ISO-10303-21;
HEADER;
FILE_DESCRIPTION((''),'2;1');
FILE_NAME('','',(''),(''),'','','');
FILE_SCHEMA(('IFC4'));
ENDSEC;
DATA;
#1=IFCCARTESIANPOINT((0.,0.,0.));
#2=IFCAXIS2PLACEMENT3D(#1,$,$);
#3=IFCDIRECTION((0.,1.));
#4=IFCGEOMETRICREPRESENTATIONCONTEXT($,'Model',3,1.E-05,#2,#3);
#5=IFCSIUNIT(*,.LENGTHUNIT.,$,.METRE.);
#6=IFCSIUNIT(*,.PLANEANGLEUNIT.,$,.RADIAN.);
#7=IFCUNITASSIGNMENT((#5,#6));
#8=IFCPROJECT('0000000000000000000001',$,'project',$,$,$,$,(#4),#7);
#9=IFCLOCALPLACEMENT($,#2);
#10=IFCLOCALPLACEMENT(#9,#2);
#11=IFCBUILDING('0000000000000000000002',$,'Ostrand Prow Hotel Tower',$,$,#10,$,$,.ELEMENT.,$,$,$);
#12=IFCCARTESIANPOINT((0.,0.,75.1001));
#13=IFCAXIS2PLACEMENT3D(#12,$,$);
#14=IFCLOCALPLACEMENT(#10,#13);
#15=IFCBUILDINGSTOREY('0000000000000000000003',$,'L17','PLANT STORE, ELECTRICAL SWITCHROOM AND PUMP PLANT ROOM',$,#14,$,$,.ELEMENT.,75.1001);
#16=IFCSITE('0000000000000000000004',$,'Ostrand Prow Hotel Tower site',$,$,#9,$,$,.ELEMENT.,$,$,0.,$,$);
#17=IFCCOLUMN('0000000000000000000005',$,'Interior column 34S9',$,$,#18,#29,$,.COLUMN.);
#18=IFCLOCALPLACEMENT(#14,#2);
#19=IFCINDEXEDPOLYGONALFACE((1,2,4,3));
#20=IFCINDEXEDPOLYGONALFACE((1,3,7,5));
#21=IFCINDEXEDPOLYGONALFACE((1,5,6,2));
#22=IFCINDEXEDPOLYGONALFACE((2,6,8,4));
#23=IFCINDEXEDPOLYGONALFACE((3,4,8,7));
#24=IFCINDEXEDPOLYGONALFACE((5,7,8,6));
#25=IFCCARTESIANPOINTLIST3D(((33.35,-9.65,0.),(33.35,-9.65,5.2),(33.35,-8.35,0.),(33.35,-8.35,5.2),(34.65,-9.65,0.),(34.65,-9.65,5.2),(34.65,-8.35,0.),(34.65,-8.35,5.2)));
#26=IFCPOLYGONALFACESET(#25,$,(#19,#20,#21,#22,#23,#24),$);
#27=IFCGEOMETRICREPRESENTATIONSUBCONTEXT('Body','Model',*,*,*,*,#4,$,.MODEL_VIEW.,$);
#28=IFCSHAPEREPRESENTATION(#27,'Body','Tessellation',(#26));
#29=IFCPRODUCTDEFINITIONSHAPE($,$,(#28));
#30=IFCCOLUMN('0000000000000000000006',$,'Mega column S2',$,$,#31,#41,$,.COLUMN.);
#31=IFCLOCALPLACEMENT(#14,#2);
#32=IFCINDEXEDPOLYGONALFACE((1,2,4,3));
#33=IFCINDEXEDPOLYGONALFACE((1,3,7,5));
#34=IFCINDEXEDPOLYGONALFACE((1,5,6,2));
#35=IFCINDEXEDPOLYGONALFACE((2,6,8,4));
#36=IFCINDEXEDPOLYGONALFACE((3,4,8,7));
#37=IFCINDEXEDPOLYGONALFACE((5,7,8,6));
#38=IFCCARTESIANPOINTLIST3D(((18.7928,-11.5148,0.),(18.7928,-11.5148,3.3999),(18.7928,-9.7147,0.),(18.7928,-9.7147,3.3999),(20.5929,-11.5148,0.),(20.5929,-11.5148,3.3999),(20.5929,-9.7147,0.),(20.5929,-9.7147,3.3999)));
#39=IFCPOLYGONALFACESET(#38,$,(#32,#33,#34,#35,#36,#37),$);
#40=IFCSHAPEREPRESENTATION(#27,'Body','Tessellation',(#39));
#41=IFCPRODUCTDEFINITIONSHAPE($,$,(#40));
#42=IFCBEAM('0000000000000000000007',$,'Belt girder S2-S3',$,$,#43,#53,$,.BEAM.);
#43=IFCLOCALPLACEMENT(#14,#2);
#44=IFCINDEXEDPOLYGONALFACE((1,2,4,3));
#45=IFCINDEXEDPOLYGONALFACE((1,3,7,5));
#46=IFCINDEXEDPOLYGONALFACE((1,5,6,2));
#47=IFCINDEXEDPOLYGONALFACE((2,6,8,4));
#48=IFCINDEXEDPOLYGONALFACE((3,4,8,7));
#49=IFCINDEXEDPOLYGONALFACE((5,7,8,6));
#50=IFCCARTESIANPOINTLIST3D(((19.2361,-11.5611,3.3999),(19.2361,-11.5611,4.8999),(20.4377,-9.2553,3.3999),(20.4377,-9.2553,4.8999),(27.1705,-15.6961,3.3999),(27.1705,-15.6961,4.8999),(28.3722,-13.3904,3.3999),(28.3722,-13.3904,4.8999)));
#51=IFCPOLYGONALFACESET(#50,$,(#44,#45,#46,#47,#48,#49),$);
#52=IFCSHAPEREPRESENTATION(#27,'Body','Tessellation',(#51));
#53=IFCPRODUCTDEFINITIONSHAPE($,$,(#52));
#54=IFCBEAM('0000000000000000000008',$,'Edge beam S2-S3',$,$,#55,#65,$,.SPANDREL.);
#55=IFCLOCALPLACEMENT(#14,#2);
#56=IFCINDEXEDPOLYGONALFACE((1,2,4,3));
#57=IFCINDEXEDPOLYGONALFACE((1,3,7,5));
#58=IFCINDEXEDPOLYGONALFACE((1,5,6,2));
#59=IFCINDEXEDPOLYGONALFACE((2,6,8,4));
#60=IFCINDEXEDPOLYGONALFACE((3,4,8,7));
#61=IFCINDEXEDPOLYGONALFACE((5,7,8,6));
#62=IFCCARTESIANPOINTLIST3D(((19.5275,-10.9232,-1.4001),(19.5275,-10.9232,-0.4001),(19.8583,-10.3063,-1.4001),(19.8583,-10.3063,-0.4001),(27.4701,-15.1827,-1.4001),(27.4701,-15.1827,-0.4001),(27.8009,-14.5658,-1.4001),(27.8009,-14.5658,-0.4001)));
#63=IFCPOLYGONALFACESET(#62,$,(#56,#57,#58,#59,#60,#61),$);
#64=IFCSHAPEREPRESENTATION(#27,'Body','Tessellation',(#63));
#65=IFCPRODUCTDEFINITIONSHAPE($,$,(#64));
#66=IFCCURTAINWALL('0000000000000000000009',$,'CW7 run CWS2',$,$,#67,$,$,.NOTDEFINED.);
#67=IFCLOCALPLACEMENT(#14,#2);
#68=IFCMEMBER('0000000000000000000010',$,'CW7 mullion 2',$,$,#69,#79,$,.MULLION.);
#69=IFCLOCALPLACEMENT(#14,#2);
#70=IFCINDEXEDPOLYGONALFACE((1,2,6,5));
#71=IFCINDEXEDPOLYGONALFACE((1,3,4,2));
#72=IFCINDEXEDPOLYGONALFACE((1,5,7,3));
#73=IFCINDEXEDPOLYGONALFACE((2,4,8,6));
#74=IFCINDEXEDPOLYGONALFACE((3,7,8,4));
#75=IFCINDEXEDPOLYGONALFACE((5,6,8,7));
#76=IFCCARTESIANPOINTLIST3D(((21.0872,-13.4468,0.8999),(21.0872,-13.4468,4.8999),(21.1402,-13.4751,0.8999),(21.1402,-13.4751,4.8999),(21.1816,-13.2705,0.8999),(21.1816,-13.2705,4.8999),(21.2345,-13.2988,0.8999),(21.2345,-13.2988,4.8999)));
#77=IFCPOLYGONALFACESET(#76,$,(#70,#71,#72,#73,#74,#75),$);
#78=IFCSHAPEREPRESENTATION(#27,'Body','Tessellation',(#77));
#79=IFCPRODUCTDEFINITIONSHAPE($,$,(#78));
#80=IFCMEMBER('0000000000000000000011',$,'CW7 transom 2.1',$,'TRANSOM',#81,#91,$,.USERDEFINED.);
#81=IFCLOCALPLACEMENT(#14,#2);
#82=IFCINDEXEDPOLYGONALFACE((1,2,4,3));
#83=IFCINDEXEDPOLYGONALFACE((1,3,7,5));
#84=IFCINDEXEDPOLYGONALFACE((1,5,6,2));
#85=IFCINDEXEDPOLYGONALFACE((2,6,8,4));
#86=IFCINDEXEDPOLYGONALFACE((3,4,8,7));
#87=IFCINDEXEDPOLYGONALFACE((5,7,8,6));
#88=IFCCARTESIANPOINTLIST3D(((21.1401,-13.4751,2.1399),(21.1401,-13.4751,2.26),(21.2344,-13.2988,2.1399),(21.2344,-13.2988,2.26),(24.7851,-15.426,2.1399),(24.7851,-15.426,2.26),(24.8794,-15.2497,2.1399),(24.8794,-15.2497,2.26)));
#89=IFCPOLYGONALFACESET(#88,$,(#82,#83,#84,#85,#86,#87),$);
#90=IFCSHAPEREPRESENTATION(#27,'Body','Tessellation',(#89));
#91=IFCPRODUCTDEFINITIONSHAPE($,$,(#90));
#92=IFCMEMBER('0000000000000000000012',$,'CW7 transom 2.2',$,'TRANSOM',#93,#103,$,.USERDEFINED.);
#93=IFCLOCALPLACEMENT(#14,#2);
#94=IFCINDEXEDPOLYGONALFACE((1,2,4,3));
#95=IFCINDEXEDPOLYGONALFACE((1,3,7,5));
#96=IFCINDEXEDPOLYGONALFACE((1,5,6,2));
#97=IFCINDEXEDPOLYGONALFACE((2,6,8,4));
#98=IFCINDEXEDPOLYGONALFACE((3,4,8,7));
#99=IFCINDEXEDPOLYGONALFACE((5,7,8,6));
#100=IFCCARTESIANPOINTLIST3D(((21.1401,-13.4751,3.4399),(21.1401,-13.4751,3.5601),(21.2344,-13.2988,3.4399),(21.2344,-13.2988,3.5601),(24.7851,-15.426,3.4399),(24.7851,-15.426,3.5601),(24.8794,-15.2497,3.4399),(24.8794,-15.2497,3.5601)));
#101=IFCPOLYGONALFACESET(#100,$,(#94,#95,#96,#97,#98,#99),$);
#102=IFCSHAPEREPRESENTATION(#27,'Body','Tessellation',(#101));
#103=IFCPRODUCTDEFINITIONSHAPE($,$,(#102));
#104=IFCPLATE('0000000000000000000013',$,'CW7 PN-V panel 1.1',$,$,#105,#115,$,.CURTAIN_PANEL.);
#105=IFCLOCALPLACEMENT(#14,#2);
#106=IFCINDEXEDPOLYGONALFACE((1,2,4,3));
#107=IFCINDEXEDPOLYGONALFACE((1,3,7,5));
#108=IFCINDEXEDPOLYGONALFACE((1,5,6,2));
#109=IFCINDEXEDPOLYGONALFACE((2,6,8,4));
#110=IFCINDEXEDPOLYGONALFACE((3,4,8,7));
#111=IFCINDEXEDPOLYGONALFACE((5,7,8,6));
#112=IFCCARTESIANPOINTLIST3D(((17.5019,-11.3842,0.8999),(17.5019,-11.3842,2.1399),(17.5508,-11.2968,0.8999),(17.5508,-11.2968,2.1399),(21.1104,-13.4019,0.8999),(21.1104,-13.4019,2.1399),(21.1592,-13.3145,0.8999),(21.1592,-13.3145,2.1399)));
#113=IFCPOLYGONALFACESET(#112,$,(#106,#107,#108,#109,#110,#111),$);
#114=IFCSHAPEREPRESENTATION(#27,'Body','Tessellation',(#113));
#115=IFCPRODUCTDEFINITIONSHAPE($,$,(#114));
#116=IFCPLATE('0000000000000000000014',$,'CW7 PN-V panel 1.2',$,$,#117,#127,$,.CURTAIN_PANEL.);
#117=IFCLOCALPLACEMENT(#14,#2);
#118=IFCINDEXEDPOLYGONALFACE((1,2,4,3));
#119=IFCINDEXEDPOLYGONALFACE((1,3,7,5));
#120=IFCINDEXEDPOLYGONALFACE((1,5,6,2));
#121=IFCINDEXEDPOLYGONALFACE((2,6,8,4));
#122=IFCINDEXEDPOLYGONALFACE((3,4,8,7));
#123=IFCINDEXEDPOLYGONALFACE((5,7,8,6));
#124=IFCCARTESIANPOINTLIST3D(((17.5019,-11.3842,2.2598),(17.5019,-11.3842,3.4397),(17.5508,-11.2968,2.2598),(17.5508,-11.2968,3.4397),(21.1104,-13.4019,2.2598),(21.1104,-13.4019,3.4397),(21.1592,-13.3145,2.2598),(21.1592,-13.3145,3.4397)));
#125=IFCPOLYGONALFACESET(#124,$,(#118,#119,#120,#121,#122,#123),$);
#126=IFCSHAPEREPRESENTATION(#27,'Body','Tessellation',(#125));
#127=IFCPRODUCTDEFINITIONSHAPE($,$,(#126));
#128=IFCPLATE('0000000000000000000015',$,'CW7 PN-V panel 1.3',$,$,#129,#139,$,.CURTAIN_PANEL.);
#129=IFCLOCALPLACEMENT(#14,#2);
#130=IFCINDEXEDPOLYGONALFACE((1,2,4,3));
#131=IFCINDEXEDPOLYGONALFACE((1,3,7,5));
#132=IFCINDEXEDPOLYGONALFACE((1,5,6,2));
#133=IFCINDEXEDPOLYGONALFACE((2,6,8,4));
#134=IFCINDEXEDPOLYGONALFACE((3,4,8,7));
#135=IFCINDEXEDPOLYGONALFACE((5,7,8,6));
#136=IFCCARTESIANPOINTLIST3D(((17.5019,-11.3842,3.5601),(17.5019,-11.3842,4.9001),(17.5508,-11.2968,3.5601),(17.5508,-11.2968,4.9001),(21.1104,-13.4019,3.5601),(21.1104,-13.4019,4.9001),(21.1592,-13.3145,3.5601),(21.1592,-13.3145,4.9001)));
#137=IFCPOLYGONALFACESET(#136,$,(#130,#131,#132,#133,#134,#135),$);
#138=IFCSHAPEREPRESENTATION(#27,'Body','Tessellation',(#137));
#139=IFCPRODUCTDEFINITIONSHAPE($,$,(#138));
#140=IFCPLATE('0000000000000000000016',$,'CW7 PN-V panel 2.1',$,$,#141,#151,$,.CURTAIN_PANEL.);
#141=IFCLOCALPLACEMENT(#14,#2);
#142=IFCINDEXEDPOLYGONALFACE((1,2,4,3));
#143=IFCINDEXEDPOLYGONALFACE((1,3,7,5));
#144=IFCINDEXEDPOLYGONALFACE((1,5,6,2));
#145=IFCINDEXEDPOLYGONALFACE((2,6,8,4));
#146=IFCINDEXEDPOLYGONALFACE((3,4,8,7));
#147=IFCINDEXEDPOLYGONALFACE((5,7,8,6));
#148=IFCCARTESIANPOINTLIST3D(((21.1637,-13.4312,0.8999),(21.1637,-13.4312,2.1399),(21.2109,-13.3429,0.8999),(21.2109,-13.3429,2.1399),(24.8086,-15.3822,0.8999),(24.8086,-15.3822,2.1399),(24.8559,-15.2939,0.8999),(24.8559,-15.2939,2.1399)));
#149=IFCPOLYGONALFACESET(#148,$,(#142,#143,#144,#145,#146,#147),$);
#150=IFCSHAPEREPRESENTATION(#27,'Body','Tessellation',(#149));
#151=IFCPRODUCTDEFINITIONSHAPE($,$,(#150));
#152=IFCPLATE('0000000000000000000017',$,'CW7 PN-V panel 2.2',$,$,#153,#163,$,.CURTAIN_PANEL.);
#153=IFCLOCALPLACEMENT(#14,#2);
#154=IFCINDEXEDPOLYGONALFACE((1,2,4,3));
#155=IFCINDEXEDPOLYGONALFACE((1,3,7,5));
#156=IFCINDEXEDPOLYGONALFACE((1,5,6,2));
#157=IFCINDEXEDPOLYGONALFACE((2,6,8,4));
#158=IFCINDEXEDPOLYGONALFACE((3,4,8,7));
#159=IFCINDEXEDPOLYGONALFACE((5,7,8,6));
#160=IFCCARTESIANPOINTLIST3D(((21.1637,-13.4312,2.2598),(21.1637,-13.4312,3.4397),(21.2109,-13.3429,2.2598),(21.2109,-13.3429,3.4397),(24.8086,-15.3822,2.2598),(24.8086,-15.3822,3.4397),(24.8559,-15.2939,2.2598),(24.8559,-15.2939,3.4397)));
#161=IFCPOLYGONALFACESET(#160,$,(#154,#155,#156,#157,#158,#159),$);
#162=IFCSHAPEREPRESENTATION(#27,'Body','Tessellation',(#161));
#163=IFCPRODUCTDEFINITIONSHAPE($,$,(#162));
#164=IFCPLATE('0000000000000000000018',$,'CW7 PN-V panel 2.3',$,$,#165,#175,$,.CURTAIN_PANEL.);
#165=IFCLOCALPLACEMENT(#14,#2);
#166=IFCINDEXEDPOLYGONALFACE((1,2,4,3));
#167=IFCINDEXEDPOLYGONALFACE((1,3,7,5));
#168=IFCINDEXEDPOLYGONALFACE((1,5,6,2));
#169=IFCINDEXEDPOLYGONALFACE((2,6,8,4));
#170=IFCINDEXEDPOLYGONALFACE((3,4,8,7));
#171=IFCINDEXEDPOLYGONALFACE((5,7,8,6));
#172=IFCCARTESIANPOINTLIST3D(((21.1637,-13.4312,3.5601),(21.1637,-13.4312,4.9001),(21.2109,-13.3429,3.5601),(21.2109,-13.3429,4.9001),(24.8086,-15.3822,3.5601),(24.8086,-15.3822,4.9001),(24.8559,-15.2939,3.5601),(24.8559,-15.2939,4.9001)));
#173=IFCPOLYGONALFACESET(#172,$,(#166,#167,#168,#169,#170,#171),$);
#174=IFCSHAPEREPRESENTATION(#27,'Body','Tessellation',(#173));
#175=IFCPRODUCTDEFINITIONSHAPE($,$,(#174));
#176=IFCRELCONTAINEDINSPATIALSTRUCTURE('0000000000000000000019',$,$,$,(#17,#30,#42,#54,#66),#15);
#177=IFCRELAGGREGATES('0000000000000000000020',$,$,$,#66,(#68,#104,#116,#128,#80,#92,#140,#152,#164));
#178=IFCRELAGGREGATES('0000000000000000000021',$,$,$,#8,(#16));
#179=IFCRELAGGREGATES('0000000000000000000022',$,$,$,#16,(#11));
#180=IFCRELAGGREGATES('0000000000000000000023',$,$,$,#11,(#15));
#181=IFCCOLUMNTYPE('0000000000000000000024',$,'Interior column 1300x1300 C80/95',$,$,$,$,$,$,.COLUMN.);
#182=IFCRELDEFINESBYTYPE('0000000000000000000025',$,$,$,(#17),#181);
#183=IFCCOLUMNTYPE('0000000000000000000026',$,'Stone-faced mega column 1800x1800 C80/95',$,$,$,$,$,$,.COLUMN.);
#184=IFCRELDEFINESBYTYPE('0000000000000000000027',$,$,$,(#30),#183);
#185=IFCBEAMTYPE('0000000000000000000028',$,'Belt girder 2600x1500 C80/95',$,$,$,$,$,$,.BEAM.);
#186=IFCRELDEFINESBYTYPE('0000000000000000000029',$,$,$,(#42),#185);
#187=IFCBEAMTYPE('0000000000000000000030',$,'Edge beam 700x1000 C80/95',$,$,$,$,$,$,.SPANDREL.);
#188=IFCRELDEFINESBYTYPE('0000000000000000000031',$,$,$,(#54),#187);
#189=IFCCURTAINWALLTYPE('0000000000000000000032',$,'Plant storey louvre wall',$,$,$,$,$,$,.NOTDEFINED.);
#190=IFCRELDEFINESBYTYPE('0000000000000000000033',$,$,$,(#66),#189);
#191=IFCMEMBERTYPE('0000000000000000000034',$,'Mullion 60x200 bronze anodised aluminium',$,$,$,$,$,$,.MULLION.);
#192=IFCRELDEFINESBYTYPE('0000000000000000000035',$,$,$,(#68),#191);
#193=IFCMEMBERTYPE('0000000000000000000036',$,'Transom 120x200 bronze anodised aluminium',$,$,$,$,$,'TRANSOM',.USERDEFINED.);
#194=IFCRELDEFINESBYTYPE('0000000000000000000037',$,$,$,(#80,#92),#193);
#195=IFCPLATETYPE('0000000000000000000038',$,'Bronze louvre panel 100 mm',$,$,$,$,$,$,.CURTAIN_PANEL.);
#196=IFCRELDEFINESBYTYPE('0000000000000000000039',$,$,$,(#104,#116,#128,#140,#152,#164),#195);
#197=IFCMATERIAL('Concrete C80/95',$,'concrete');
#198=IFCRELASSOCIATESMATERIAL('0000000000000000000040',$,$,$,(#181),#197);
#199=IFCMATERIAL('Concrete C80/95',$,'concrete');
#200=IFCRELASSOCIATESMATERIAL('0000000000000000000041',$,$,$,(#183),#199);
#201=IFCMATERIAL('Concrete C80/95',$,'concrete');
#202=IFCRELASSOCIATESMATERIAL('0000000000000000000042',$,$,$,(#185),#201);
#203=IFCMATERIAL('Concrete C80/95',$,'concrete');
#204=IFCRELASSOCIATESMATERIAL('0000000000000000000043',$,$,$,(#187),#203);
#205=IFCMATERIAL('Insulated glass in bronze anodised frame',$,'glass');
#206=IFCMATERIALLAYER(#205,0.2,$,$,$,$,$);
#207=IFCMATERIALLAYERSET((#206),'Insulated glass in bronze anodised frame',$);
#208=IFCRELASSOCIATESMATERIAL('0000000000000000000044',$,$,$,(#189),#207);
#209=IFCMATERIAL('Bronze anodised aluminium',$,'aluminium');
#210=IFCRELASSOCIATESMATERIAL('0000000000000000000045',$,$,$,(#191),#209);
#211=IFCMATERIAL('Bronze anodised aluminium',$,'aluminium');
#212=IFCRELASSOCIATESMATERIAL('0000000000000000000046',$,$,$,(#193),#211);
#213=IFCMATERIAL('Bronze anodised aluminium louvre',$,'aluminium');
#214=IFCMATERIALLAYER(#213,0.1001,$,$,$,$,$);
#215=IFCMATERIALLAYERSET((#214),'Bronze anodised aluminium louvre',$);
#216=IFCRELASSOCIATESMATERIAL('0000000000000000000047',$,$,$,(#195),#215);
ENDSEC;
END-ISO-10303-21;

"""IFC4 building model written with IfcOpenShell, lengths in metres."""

from ifc_helpers import new_model, si_unit, direction, frame, origin, origin_2d, place, context, subcontext, project, spatial, rectangle, extrude, material, layer, layer_set, material_profile, profile_set, type_object, element, aggregate, save


model = new_model("IFC4")

# Units and contexts
model_context = context("Model", 3, precision=1e-05, world=origin(), true_north=direction((0.0, 1.0)))
body_context = subcontext(model_context, "Body", "Model", "MODEL_VIEW")
ifc_project = project(units=[si_unit("LENGTHUNIT", "METRE"), si_unit("PLANEANGLEUNIT", "RADIAN")], contexts=[model_context])

# Site, building, storey
site_placement = place(None, origin())
site = spatial("IfcSite", under=ifc_project, at=site_placement, Name="Ostrand Prow Hotel Tower site", CompositionType="ELEMENT", RefElevation=0.0)
building_placement = place(site_placement, origin())
building = spatial("IfcBuilding", under=site, at=building_placement, Name="Ostrand Prow Hotel Tower", CompositionType="ELEMENT")
storey_placement = place(building_placement, frame((0.0, 0.0, 75.1001)))
storey = spatial("IfcBuildingStorey", under=building, at=storey_placement, Name="L17", Description="PLANT STORE, ELECTRICAL SWITCHROOM AND PUMP PLANT ROOM", CompositionType="ELEMENT", Elevation=75.1001)

# Columns
ifc_material_1 = material(Name="Concrete C80/95", Category="concrete")
ifc_material_profile_1 = material_profile(ifc_material_1, rectangle(XDim=1.3, YDim=1.3, at=origin_2d()), Name="RC 1300x1300")
ifc_profile_set_1 = profile_set([ifc_material_profile_1], Name="Concrete C80/95")
column_type_1 = type_object("IfcColumnType", Name="Interior column 1300x1300 C80/95", PredefinedType="COLUMN", material=ifc_profile_set_1)
column_1_placement = place(storey_placement, frame((34.0, -9.0, 0.0), z_axis=(0.0, 0.0, 1.0), x_axis=(1.0, 0.0, 0.0)))
element("IfcColumn", 1, at=column_1_placement, inside=storey, type_object=column_type_1, Name="Interior column 34S9", PredefinedType="COLUMN", context=body_context, shape_type="SweptSolid", body=[
    extrude(rectangle(XDim=1.3, YDim=1.3, at=origin_2d()), origin(), (0.0, 0.0, 1.0), 5.2),
])
ifc_material_2 = material(Name="Concrete C80/95", Category="concrete")
ifc_material_profile_2 = material_profile(ifc_material_2, rectangle(XDim=1.8, YDim=1.8, at=origin_2d()), Name="RC 1800x1800")
ifc_profile_set_2 = profile_set([ifc_material_profile_2], Name="Concrete C80/95")
column_type_2 = type_object("IfcColumnType", Name="Stone-faced mega column 1800x1800 C80/95", PredefinedType="COLUMN", material=ifc_profile_set_2)
column_2_placement = place(storey_placement, frame((19.6929, -10.6147, 0.0), z_axis=(0.0, 0.0, 1.0), x_axis=(1.0, 0.0, 0.0)))
element("IfcColumn", 2, at=column_2_placement, inside=storey, type_object=column_type_2, Name="Mega column S2", PredefinedType="COLUMN", context=body_context, shape_type="SweptSolid", body=[
    extrude(rectangle(XDim=1.8, YDim=1.8, at=origin_2d()), origin(), (0.0, 0.0, 1.0), 3.3999),
])

# Beams
ifc_material_3 = material(Name="Concrete C80/95", Category="concrete")
ifc_material_profile_3 = material_profile(ifc_material_3, rectangle(XDim=2.6001, YDim=1.5, at=origin_2d()), Name="RC 2600x1500")
ifc_profile_set_3 = profile_set([ifc_material_profile_3], Name="Concrete C80/95")
beam_type_1 = type_object("IfcBeamType", Name="Belt girder 2600x1500 C80/95", PredefinedType="BEAM", material=ifc_profile_set_3)
beam_1_placement = place(storey_placement, frame((19.8369, -10.4082, 4.1499), z_axis=(0.886797, -0.462158, 0.0), x_axis=(0.462158, 0.886797, 0.0)))
element("IfcBeam", 3, at=beam_1_placement, inside=storey, type_object=beam_type_1, Name="Belt girder S2-S3", PredefinedType="BEAM", context=body_context, shape_type="SweptSolid", body=[
    extrude(rectangle(XDim=2.6001, YDim=1.5, at=origin_2d()), origin(), (0.0, 0.0, 1.0), 8.9473),
])
ifc_material_4 = material(Name="Concrete C80/95", Category="concrete")
ifc_material_profile_4 = material_profile(ifc_material_4, rectangle(XDim=0.7, YDim=1.0, at=origin_2d()), Name="RC 700x1000")
ifc_profile_set_4 = profile_set([ifc_material_profile_4], Name="Concrete C80/95")
beam_type_2 = type_object("IfcBeamType", Name="Edge beam 700x1000 C80/95", PredefinedType="SPANDREL", material=ifc_profile_set_4)
beam_2_placement = place(storey_placement, frame((19.6929, -10.6147, -0.9001), z_axis=(0.88127, -0.472613, 0.0), x_axis=(0.472613, 0.88127, 0.0)))
element("IfcBeam", 4, at=beam_2_placement, inside=storey, type_object=beam_type_2, Name="Edge beam S2-S3", PredefinedType="SPANDREL", context=body_context, shape_type="SweptSolid", body=[
    extrude(rectangle(XDim=0.7, YDim=1.0, at=origin_2d()), origin(), (0.0, 0.0, 1.0), 9.0127),
])

# Curtain wall, members, plates
ifc_material_5 = material(Name="Insulated glass in bronze anodised frame", Category="glass")
ifc_layer_1 = layer(ifc_material_5, 0.2)
ifc_layer_set_1 = layer_set([ifc_layer_1], Name="Insulated glass in bronze anodised frame")
curtain_wall_type = type_object("IfcCurtainWallType", Name="Plant storey louvre wall", PredefinedType="NOTDEFINED", material=ifc_layer_set_1)
curtain_wall_placement = place(storey_placement, origin())
curtain_wall = element("IfcCurtainWall", 5, at=curtain_wall_placement, inside=storey, type_object=curtain_wall_type, Name="CW7 run CWS2", PredefinedType="NOTDEFINED")
ifc_material_6 = material(Name="Bronze anodised aluminium", Category="aluminium")
ifc_material_profile_5 = material_profile(ifc_material_6, rectangle(XDim=0.2, YDim=0.0601, at=origin_2d()), Name="Mullion 60x200 bronze anodised aluminium")
ifc_profile_set_5 = profile_set([ifc_material_profile_5], Name="Bronze anodised aluminium")
member_type_1 = type_object("IfcMemberType", Name="Mullion 60x200 bronze anodised aluminium", PredefinedType="MULLION", material=ifc_profile_set_5)
member_1_placement = place(storey_placement, frame((21.1609, -13.3728, 0.8999), z_axis=(0.0, 0.0, 1.0), x_axis=(0.4719, 0.881652, 0.0)))
member_1 = element("IfcMember", 6, at=member_1_placement, type_object=member_type_1, Name="CW7 mullion 2", PredefinedType="MULLION", context=body_context, shape_type="SweptSolid", body=[
    extrude(rectangle(XDim=0.2, YDim=0.0601, at=origin_2d()), origin(), (0.0, 0.0, 1.0), 4.0),
])
ifc_material_7 = material(Name="Bronze anodised aluminium", Category="aluminium")
ifc_material_profile_6 = material_profile(ifc_material_7, rectangle(XDim=0.2, YDim=0.1201, at=origin_2d()), Name="Transom 120x200 bronze anodised aluminium")
ifc_profile_set_6 = profile_set([ifc_material_profile_6], Name="Bronze anodised aluminium")
member_type_2 = type_object("IfcMemberType", Name="Transom 120x200 bronze anodised aluminium", ElementType="TRANSOM", PredefinedType="USERDEFINED", material=ifc_profile_set_6)
member_2_placement = place(storey_placement, frame((21.1873, -13.387, 2.2), z_axis=(0.881657, -0.47189, 0.0), x_axis=(0.47189, 0.881657, 0.0)))
member_2 = element("IfcMember", 7, at=member_2_placement, type_object=member_type_2, Name="CW7 transom 2.1", ObjectType="TRANSOM", PredefinedType="USERDEFINED", context=body_context, shape_type="SweptSolid", body=[
    extrude(rectangle(XDim=0.2, YDim=0.1201, at=origin_2d()), origin(), (0.0, 0.0, 1.0), 4.1343),
])
member_3_placement = place(storey_placement, frame((21.1873, -13.387, 3.5), z_axis=(0.881657, -0.47189, 0.0), x_axis=(0.47189, 0.881657, 0.0)))
member_3 = element("IfcMember", 8, at=member_3_placement, type_object=member_type_2, Name="CW7 transom 2.2", ObjectType="TRANSOM", PredefinedType="USERDEFINED", context=body_context, shape_type="SweptSolid", body=[
    extrude(rectangle(XDim=0.2, YDim=0.1201, at=origin_2d()), origin(), (0.0, 0.0, 1.0), 4.1343),
])
ifc_material_8 = material(Name="Bronze anodised aluminium louvre", Category="aluminium")
ifc_layer_2 = layer(ifc_material_8, 0.1001)
ifc_layer_set_2 = layer_set([ifc_layer_2], Name="Bronze anodised aluminium louvre")
plate_type = type_object("IfcPlateType", Name="Bronze louvre panel 100 mm", PredefinedType="CURTAIN_PANEL", material=ifc_layer_set_2)
plate_1_placement = place(storey_placement, frame((19.3306, -12.3494, 0.8999), z_axis=(0.0, 0.0, 1.0), x_axis=(0.872819, -0.488044, 0.0)))
plate_1 = element("IfcPlate", 9, at=plate_1_placement, type_object=plate_type, Name="CW7 PN-V panel 1.1", PredefinedType="CURTAIN_PANEL", context=body_context, shape_type="SweptSolid", body=[
    extrude(rectangle(XDim=4.1343, YDim=0.1001, at=origin_2d()), origin(), (0.0, 0.0, 1.0), 1.24),
])
plate_2_placement = place(storey_placement, frame((19.3306, -12.3494, 2.2598), z_axis=(0.0, 0.0, 1.0), x_axis=(0.872819, -0.488044, 0.0)))
plate_2 = element("IfcPlate", 10, at=plate_2_placement, type_object=plate_type, Name="CW7 PN-V panel 1.2", PredefinedType="CURTAIN_PANEL", context=body_context, shape_type="SweptSolid", body=[
    extrude(rectangle(XDim=4.1343, YDim=0.1001, at=origin_2d()), origin(), (0.0, 0.0, 1.0), 1.1799),
])
plate_3_placement = place(storey_placement, frame((19.3306, -12.3494, 3.5601), z_axis=(0.0, 0.0, 1.0), x_axis=(0.872819, -0.488044, 0.0)))
plate_3 = element("IfcPlate", 11, at=plate_3_placement, type_object=plate_type, Name="CW7 PN-V panel 1.3", PredefinedType="CURTAIN_PANEL", context=body_context, shape_type="SweptSolid", body=[
    extrude(rectangle(XDim=4.1343, YDim=0.1001, at=origin_2d()), origin(), (0.0, 0.0, 1.0), 1.3401),
])
plate_4_placement = place(storey_placement, frame((23.0098, -14.3625, 0.8999), z_axis=(0.0, 0.0, 1.0), x_axis=(0.881652, -0.4719, 0.0)))
plate_4 = element("IfcPlate", 12, at=plate_4_placement, type_object=plate_type, Name="CW7 PN-V panel 2.1", PredefinedType="CURTAIN_PANEL", context=body_context, shape_type="SweptSolid", body=[
    extrude(rectangle(XDim=4.1343, YDim=0.1001, at=origin_2d()), origin(), (0.0, 0.0, 1.0), 1.24),
])
plate_5_placement = place(storey_placement, frame((23.0098, -14.3625, 2.2598), z_axis=(0.0, 0.0, 1.0), x_axis=(0.881652, -0.4719, 0.0)))
plate_5 = element("IfcPlate", 13, at=plate_5_placement, type_object=plate_type, Name="CW7 PN-V panel 2.2", PredefinedType="CURTAIN_PANEL", context=body_context, shape_type="SweptSolid", body=[
    extrude(rectangle(XDim=4.1343, YDim=0.1001, at=origin_2d()), origin(), (0.0, 0.0, 1.0), 1.1799),
])
plate_6_placement = place(storey_placement, frame((23.0098, -14.3625, 3.5601), z_axis=(0.0, 0.0, 1.0), x_axis=(0.881652, -0.4719, 0.0)))
plate_6 = element("IfcPlate", 14, at=plate_6_placement, type_object=plate_type, Name="CW7 PN-V panel 2.3", PredefinedType="CURTAIN_PANEL", context=body_context, shape_type="SweptSolid", body=[
    extrude(rectangle(XDim=4.1343, YDim=0.1001, at=origin_2d()), origin(), (0.0, 0.0, 1.0), 1.3401),
])
aggregate(curtain_wall, [member_1, plate_1, plate_2, plate_3, member_2, member_3, plate_4, plate_5, plate_6])

save(model, "model.ifc")
